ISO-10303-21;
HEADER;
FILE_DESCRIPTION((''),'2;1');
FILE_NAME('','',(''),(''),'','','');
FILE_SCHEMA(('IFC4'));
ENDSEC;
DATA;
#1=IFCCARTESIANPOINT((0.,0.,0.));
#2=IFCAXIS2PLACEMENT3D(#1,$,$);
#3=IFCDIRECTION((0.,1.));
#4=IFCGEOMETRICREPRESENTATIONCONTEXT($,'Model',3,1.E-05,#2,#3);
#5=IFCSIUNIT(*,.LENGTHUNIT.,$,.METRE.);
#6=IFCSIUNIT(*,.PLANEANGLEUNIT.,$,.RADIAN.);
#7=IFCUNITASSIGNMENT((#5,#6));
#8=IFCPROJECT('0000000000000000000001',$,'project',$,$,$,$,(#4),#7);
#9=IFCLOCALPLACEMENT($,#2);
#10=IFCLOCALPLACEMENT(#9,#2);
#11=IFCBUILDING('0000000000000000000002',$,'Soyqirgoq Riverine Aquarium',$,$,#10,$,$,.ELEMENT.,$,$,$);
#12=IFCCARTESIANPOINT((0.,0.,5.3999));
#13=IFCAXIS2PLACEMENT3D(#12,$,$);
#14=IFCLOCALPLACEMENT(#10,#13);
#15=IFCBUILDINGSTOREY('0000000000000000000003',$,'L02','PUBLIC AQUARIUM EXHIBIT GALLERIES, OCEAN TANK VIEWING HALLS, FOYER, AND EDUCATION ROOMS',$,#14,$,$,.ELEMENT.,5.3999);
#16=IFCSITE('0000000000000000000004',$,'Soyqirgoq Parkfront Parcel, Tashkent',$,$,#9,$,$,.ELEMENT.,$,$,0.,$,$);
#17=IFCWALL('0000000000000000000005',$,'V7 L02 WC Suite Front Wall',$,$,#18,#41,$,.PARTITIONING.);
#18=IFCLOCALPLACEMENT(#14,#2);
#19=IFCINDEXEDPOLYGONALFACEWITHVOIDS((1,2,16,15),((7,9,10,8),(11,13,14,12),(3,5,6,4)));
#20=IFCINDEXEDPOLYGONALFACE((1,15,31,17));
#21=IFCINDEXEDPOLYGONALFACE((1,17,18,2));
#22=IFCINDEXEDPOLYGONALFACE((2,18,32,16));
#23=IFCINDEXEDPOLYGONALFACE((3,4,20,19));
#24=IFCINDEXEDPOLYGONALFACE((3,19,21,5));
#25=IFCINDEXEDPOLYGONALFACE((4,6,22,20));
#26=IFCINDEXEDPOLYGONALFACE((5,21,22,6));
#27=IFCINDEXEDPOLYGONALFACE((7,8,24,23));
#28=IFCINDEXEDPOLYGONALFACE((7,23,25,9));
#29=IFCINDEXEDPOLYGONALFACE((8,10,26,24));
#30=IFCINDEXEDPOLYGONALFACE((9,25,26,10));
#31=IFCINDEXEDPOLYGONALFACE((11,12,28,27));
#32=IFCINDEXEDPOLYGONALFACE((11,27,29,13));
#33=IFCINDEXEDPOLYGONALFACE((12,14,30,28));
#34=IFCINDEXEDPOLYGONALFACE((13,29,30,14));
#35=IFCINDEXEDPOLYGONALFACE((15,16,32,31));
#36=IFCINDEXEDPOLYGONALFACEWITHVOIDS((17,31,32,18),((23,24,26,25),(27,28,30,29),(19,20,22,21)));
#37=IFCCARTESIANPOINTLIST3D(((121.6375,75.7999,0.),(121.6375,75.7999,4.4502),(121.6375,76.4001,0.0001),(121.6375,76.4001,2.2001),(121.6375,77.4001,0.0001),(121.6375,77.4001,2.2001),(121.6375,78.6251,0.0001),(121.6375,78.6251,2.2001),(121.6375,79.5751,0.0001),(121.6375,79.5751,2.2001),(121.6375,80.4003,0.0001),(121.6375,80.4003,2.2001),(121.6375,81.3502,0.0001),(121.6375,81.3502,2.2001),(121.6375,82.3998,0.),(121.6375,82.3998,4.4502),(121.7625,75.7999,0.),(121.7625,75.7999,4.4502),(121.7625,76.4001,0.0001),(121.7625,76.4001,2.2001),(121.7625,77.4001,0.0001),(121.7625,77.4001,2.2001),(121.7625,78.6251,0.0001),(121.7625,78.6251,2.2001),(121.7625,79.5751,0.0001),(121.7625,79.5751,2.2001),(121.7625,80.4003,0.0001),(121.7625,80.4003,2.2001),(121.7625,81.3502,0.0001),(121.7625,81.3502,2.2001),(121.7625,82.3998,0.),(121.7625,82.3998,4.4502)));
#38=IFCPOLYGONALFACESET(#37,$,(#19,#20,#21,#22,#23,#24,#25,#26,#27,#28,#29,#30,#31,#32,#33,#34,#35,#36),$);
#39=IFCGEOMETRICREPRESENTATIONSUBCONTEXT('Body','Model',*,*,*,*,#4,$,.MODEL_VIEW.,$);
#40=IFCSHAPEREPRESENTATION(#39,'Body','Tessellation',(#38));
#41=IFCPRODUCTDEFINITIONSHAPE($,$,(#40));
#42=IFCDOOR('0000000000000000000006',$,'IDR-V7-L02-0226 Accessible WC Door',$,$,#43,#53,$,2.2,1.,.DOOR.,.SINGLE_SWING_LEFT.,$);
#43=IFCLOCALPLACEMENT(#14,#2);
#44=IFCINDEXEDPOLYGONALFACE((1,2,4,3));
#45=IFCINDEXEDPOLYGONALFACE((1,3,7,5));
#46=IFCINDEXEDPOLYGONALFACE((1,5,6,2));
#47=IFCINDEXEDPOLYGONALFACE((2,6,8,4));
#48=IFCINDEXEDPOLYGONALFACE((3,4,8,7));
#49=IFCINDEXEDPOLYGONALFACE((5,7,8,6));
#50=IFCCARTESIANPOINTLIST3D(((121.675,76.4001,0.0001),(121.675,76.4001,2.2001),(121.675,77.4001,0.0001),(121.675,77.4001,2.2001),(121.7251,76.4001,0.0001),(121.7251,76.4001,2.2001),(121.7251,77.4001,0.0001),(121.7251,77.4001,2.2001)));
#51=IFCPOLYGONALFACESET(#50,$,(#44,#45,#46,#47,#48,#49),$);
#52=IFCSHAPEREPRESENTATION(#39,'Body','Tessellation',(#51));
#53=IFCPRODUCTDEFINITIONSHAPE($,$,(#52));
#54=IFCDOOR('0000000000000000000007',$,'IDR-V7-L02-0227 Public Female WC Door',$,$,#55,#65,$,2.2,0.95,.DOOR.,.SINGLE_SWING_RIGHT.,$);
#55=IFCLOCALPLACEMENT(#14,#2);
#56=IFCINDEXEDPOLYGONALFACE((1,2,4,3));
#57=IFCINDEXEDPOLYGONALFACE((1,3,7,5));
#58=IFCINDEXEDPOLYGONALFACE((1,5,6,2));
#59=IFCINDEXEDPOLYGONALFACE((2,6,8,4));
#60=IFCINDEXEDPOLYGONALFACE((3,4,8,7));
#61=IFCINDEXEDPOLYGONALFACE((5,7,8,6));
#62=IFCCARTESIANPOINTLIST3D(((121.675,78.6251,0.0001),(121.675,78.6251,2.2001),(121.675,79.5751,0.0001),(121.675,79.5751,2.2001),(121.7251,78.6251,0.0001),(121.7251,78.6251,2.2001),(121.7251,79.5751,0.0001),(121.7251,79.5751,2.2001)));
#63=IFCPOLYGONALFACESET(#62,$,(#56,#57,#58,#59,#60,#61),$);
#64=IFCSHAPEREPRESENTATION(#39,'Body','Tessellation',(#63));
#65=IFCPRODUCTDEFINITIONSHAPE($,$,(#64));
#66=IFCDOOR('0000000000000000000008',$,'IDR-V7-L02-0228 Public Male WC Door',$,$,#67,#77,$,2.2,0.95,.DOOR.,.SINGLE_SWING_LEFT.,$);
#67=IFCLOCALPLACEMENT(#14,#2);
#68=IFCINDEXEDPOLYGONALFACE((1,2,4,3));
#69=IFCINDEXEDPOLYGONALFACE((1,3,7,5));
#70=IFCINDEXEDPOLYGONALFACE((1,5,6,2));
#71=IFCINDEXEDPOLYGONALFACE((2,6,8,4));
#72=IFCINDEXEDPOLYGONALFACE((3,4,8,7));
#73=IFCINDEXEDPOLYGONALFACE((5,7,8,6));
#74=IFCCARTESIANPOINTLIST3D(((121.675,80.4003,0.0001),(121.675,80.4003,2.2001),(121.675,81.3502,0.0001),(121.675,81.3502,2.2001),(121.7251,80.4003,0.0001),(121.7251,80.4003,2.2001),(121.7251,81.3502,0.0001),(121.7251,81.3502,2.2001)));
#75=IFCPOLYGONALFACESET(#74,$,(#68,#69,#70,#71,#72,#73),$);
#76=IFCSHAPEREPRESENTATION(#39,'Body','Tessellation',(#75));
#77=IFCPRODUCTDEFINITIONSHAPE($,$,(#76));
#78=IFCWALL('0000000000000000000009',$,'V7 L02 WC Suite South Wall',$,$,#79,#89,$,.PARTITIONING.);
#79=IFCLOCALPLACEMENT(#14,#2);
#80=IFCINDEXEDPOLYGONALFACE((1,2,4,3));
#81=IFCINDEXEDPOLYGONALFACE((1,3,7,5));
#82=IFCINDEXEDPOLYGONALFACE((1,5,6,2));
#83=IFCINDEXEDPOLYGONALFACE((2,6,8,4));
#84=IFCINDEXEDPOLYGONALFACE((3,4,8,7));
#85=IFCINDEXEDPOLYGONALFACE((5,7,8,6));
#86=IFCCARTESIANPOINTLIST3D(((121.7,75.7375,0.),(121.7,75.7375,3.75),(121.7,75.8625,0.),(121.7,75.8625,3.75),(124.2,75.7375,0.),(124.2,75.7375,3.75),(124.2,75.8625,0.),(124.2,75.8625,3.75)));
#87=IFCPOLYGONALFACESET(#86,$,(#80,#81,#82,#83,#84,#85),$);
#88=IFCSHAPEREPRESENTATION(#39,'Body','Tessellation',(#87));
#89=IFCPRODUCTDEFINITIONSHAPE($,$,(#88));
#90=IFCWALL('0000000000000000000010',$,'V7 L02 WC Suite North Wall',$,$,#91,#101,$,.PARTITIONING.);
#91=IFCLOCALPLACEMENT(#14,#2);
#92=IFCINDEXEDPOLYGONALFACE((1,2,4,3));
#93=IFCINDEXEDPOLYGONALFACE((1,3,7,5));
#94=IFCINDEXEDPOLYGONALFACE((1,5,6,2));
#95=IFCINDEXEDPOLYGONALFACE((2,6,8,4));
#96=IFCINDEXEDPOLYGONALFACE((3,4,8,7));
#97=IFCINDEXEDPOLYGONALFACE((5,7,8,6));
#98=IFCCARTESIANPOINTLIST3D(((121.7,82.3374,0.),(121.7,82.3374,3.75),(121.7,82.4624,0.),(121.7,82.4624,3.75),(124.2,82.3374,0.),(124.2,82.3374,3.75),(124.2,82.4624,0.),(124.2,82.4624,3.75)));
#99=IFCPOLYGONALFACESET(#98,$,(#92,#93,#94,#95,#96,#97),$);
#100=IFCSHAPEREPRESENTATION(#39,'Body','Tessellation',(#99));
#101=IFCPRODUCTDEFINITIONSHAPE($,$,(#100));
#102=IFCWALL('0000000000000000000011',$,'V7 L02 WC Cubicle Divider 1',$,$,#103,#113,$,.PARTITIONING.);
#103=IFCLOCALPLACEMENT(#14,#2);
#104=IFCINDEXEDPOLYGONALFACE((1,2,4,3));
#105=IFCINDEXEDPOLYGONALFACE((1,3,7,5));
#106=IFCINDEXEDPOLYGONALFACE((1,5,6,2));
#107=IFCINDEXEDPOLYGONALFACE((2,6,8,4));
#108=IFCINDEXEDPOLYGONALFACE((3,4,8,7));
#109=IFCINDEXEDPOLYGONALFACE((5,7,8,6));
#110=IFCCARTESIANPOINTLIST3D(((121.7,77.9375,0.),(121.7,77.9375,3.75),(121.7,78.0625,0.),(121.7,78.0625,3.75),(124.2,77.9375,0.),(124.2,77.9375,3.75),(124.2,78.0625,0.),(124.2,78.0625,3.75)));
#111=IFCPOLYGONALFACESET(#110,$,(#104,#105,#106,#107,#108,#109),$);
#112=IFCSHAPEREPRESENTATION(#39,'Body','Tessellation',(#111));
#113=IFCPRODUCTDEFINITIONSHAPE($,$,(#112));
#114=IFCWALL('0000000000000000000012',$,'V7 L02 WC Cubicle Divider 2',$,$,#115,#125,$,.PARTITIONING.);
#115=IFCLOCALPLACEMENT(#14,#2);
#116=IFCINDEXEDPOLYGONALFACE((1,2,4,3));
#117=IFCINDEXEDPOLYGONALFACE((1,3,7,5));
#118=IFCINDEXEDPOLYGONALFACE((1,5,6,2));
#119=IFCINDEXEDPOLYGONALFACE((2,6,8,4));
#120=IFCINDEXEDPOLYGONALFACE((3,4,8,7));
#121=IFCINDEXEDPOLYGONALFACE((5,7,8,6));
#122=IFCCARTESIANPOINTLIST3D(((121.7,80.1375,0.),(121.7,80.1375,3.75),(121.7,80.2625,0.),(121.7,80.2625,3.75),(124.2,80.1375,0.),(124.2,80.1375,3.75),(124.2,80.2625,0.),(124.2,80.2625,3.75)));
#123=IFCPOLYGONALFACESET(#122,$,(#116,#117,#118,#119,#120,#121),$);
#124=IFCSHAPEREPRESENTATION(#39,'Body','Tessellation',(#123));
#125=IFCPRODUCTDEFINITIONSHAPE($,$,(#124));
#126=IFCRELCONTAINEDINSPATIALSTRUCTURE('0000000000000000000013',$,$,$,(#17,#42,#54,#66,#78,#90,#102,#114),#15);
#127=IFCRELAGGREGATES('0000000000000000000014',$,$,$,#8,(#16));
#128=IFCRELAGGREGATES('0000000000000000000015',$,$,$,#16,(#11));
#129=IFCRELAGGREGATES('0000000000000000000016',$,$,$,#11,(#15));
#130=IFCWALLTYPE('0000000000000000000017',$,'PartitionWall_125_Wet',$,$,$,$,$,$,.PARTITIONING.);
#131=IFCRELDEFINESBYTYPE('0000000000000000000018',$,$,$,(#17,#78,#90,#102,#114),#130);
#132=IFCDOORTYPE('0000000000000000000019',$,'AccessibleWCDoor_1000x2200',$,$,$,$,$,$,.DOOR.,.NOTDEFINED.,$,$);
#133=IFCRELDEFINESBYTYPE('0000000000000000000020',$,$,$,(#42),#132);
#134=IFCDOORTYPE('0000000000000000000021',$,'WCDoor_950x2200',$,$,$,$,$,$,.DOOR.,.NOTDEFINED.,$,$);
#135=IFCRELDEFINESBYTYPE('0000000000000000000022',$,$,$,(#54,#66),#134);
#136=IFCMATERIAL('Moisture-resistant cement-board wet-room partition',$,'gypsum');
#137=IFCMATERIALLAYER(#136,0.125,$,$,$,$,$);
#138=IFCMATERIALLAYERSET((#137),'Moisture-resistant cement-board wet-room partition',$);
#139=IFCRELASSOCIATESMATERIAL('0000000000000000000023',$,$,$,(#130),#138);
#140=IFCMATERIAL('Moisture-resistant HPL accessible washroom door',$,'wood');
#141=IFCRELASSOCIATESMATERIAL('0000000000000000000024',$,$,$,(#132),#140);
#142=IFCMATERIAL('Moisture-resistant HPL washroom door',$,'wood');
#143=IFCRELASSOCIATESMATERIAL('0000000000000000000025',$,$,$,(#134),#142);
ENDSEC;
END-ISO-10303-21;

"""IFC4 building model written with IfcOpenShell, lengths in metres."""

from ifc_helpers import new_model, si_unit, direction, frame, frame_2d, origin, place, context, subcontext, project, spatial, rectangle, extrude, material, layer, layer_set, type_object, element, fill, save


model = new_model("IFC4")

# Units and contexts
model_context = context("Model", 3, precision=1e-05, world=origin(), true_north=direction((0.0, 1.0)))
body_context = subcontext(model_context, "Body", "Model", "MODEL_VIEW")
ifc_project = project(units=[si_unit("LENGTHUNIT", "METRE"), si_unit("PLANEANGLEUNIT", "RADIAN")], contexts=[model_context])

# Site, building, storey
site_placement = place(None, origin())
site = spatial("IfcSite", under=ifc_project, at=site_placement, Name="Soyqirgoq Parkfront Parcel, Tashkent", CompositionType="ELEMENT", RefElevation=0.0)
building_placement = place(site_placement, origin())
building = spatial("IfcBuilding", under=site, at=building_placement, Name="Soyqirgoq Riverine Aquarium", CompositionType="ELEMENT")
storey_placement = place(building_placement, frame((0.0, 0.0, 5.3999)))
storey = spatial("IfcBuildingStorey", under=building, at=storey_placement, Name="L02", Description="PUBLIC AQUARIUM EXHIBIT GALLERIES, OCEAN TANK VIEWING HALLS, FOYER, AND EDUCATION ROOMS", CompositionType="ELEMENT", Elevation=5.3999)

# Wall, openings, doors
ifc_material_1 = material(Name="Moisture-resistant cement-board wet-room partition", Category="gypsum")
ifc_layer_1 = layer(ifc_material_1, 0.125)
ifc_layer_set_1 = layer_set([ifc_layer_1], Name="Moisture-resistant cement-board wet-room partition")
wall_type_1 = type_object("IfcWallType", Name="PartitionWall_125_Wet", PredefinedType="PARTITIONING", material=ifc_layer_set_1)
wall_1_placement = place(storey_placement, frame((121.7, 75.8, 0.0), z_axis=(0.0, 0.0, 1.0), x_axis=(0.0, 1.0, 0.0)))
wall_1 = element("IfcWall", 1, at=wall_1_placement, inside=storey, type_object=wall_type_1, Name="V7 L02 WC Suite Front Wall", PredefinedType="PARTITIONING", context=body_context, shape_type="SweptSolid", body=[
    extrude(rectangle(XDim=6.5999, YDim=0.125, at=frame_2d((3.2998, 0.0))), origin(), (0.0, 0.0, 1.0), 4.4502),
])
opening_1_placement = place(wall_1_placement, frame((0.6001, 0.0, 0.0)))
opening_1 = element("IfcOpeningElement", 2, at=opening_1_placement, cuts=wall_1, PredefinedType="OPENING", context=body_context, shape_type="SweptSolid", body=[
    extrude(rectangle(XDim=1.0, YDim=2.2, at=frame_2d((0.5, 1.1001))), frame((0.0, 0.0725, 0.0), z_axis=(0.0, -1.0, 0.0), x_axis=(1.0, 0.0, 0.0)), (0.0, 0.0, 1.0), 0.145),
])
opening_2_placement = place(wall_1_placement, frame((2.825, 0.0, 0.0)))
opening_2 = element("IfcOpeningElement", 3, at=opening_2_placement, cuts=wall_1, PredefinedType="OPENING", context=body_context, shape_type="SweptSolid", body=[
    extrude(rectangle(XDim=0.95, YDim=2.2, at=frame_2d((0.4751, 1.1001))), frame((0.0, 0.0725, 0.0), z_axis=(0.0, -1.0, 0.0), x_axis=(1.0, 0.0, 0.0)), (0.0, 0.0, 1.0), 0.145),
])
opening_3_placement = place(wall_1_placement, frame((4.6001, 0.0, 0.0)))
opening_3 = element("IfcOpeningElement", 4, at=opening_3_placement, cuts=wall_1, PredefinedType="OPENING", context=body_context, shape_type="SweptSolid", body=[
    extrude(rectangle(XDim=0.95, YDim=2.2, at=frame_2d((0.4751, 1.1001))), frame((0.0, 0.0725, 0.0), z_axis=(0.0, -1.0, 0.0), x_axis=(1.0, 0.0, 0.0)), (0.0, 0.0, 1.0), 0.145),
])
ifc_material_2 = material(Name="Moisture-resistant HPL accessible washroom door", Category="wood")
door_type_1 = type_object("IfcDoorType", Name="AccessibleWCDoor_1000x2200", OperationType="NOTDEFINED", PredefinedType="DOOR", material=ifc_material_2)
door_1_placement = place(opening_1_placement, origin())
door_1 = element("IfcDoor", 5, at=door_1_placement, inside=storey, type_object=door_type_1, Name="IDR-V7-L02-0226 Accessible WC Door", OperationType="SINGLE_SWING_LEFT", OverallHeight=2.2, OverallWidth=1.0, PredefinedType="DOOR", context=body_context, shape_type="SweptSolid", body=[
    extrude(rectangle(XDim=1.0, YDim=2.2, at=frame_2d((0.5, 1.1001))), frame((0.0, 0.0249, 0.0), z_axis=(0.0, -1.0, 0.0), x_axis=(1.0, 0.0, 0.0)), (0.0, 0.0, 1.0), 0.05),
])
fill(opening_1, door_1)
ifc_material_3 = material(Name="Moisture-resistant HPL washroom door", Category="wood")
door_type_2 = type_object("IfcDoorType", Name="WCDoor_950x2200", OperationType="NOTDEFINED", PredefinedType="DOOR", material=ifc_material_3)
door_2_placement = place(opening_2_placement, origin())
door_2 = element("IfcDoor", 6, at=door_2_placement, inside=storey, type_object=door_type_2, Name="IDR-V7-L02-0227 Public Female WC Door", OperationType="SINGLE_SWING_RIGHT", OverallHeight=2.2, OverallWidth=0.95, PredefinedType="DOOR", context=body_context, shape_type="SweptSolid", body=[
    extrude(rectangle(XDim=0.95, YDim=2.2, at=frame_2d((0.4751, 1.1001))), frame((0.0, 0.0249, 0.0), z_axis=(0.0, -1.0, 0.0), x_axis=(1.0, 0.0, 0.0)), (0.0, 0.0, 1.0), 0.05),
])
fill(opening_2, door_2)
door_3_placement = place(opening_3_placement, origin())
door_3 = element("IfcDoor", 7, at=door_3_placement, inside=storey, type_object=door_type_2, Name="IDR-V7-L02-0228 Public Male WC Door", OperationType="SINGLE_SWING_LEFT", OverallHeight=2.2, OverallWidth=0.95, PredefinedType="DOOR", context=body_context, shape_type="SweptSolid", body=[
    extrude(rectangle(XDim=0.95, YDim=2.2, at=frame_2d((0.4751, 1.1001))), frame((0.0, 0.0249, 0.0), z_axis=(0.0, -1.0, 0.0), x_axis=(1.0, 0.0, 0.0)), (0.0, 0.0, 1.0), 0.05),
])
fill(opening_3, door_3)

# Walls
for number, where, z_axis, x_axis, name in (
    (8, (121.7, 75.8, 0.0), (0.0, 0.0, 1.0), (1.0, 0.0, 0.0), "V7 L02 WC Suite South Wall"),
    (9, (121.7, 82.3999, 0.0), (0.0, 0.0, 1.0), (1.0, 0.0, 0.0), "V7 L02 WC Suite North Wall"),
    (10, (121.7, 78.0, 0.0), (0.0, 0.0, 1.0), (1.0, 0.0, 0.0), "V7 L02 WC Cubicle Divider 1"),
    (11, (121.7, 80.2, 0.0), (0.0, 0.0, 1.0), (1.0, 0.0, 0.0), "V7 L02 WC Cubicle Divider 2"),
):
    element("IfcWall", number, at=place(storey_placement, frame(where, z_axis=z_axis, x_axis=x_axis)), inside=storey, type_object=wall_type_1, Name=name, PredefinedType="PARTITIONING", context=body_context, shape_type="SweptSolid", body=[
        extrude(rectangle(XDim=2.5, YDim=0.125, at=frame_2d((1.25, 0.0))), origin(), (0.0, 0.0, 1.0), 3.75),
    ])

save(model, "model.ifc")
